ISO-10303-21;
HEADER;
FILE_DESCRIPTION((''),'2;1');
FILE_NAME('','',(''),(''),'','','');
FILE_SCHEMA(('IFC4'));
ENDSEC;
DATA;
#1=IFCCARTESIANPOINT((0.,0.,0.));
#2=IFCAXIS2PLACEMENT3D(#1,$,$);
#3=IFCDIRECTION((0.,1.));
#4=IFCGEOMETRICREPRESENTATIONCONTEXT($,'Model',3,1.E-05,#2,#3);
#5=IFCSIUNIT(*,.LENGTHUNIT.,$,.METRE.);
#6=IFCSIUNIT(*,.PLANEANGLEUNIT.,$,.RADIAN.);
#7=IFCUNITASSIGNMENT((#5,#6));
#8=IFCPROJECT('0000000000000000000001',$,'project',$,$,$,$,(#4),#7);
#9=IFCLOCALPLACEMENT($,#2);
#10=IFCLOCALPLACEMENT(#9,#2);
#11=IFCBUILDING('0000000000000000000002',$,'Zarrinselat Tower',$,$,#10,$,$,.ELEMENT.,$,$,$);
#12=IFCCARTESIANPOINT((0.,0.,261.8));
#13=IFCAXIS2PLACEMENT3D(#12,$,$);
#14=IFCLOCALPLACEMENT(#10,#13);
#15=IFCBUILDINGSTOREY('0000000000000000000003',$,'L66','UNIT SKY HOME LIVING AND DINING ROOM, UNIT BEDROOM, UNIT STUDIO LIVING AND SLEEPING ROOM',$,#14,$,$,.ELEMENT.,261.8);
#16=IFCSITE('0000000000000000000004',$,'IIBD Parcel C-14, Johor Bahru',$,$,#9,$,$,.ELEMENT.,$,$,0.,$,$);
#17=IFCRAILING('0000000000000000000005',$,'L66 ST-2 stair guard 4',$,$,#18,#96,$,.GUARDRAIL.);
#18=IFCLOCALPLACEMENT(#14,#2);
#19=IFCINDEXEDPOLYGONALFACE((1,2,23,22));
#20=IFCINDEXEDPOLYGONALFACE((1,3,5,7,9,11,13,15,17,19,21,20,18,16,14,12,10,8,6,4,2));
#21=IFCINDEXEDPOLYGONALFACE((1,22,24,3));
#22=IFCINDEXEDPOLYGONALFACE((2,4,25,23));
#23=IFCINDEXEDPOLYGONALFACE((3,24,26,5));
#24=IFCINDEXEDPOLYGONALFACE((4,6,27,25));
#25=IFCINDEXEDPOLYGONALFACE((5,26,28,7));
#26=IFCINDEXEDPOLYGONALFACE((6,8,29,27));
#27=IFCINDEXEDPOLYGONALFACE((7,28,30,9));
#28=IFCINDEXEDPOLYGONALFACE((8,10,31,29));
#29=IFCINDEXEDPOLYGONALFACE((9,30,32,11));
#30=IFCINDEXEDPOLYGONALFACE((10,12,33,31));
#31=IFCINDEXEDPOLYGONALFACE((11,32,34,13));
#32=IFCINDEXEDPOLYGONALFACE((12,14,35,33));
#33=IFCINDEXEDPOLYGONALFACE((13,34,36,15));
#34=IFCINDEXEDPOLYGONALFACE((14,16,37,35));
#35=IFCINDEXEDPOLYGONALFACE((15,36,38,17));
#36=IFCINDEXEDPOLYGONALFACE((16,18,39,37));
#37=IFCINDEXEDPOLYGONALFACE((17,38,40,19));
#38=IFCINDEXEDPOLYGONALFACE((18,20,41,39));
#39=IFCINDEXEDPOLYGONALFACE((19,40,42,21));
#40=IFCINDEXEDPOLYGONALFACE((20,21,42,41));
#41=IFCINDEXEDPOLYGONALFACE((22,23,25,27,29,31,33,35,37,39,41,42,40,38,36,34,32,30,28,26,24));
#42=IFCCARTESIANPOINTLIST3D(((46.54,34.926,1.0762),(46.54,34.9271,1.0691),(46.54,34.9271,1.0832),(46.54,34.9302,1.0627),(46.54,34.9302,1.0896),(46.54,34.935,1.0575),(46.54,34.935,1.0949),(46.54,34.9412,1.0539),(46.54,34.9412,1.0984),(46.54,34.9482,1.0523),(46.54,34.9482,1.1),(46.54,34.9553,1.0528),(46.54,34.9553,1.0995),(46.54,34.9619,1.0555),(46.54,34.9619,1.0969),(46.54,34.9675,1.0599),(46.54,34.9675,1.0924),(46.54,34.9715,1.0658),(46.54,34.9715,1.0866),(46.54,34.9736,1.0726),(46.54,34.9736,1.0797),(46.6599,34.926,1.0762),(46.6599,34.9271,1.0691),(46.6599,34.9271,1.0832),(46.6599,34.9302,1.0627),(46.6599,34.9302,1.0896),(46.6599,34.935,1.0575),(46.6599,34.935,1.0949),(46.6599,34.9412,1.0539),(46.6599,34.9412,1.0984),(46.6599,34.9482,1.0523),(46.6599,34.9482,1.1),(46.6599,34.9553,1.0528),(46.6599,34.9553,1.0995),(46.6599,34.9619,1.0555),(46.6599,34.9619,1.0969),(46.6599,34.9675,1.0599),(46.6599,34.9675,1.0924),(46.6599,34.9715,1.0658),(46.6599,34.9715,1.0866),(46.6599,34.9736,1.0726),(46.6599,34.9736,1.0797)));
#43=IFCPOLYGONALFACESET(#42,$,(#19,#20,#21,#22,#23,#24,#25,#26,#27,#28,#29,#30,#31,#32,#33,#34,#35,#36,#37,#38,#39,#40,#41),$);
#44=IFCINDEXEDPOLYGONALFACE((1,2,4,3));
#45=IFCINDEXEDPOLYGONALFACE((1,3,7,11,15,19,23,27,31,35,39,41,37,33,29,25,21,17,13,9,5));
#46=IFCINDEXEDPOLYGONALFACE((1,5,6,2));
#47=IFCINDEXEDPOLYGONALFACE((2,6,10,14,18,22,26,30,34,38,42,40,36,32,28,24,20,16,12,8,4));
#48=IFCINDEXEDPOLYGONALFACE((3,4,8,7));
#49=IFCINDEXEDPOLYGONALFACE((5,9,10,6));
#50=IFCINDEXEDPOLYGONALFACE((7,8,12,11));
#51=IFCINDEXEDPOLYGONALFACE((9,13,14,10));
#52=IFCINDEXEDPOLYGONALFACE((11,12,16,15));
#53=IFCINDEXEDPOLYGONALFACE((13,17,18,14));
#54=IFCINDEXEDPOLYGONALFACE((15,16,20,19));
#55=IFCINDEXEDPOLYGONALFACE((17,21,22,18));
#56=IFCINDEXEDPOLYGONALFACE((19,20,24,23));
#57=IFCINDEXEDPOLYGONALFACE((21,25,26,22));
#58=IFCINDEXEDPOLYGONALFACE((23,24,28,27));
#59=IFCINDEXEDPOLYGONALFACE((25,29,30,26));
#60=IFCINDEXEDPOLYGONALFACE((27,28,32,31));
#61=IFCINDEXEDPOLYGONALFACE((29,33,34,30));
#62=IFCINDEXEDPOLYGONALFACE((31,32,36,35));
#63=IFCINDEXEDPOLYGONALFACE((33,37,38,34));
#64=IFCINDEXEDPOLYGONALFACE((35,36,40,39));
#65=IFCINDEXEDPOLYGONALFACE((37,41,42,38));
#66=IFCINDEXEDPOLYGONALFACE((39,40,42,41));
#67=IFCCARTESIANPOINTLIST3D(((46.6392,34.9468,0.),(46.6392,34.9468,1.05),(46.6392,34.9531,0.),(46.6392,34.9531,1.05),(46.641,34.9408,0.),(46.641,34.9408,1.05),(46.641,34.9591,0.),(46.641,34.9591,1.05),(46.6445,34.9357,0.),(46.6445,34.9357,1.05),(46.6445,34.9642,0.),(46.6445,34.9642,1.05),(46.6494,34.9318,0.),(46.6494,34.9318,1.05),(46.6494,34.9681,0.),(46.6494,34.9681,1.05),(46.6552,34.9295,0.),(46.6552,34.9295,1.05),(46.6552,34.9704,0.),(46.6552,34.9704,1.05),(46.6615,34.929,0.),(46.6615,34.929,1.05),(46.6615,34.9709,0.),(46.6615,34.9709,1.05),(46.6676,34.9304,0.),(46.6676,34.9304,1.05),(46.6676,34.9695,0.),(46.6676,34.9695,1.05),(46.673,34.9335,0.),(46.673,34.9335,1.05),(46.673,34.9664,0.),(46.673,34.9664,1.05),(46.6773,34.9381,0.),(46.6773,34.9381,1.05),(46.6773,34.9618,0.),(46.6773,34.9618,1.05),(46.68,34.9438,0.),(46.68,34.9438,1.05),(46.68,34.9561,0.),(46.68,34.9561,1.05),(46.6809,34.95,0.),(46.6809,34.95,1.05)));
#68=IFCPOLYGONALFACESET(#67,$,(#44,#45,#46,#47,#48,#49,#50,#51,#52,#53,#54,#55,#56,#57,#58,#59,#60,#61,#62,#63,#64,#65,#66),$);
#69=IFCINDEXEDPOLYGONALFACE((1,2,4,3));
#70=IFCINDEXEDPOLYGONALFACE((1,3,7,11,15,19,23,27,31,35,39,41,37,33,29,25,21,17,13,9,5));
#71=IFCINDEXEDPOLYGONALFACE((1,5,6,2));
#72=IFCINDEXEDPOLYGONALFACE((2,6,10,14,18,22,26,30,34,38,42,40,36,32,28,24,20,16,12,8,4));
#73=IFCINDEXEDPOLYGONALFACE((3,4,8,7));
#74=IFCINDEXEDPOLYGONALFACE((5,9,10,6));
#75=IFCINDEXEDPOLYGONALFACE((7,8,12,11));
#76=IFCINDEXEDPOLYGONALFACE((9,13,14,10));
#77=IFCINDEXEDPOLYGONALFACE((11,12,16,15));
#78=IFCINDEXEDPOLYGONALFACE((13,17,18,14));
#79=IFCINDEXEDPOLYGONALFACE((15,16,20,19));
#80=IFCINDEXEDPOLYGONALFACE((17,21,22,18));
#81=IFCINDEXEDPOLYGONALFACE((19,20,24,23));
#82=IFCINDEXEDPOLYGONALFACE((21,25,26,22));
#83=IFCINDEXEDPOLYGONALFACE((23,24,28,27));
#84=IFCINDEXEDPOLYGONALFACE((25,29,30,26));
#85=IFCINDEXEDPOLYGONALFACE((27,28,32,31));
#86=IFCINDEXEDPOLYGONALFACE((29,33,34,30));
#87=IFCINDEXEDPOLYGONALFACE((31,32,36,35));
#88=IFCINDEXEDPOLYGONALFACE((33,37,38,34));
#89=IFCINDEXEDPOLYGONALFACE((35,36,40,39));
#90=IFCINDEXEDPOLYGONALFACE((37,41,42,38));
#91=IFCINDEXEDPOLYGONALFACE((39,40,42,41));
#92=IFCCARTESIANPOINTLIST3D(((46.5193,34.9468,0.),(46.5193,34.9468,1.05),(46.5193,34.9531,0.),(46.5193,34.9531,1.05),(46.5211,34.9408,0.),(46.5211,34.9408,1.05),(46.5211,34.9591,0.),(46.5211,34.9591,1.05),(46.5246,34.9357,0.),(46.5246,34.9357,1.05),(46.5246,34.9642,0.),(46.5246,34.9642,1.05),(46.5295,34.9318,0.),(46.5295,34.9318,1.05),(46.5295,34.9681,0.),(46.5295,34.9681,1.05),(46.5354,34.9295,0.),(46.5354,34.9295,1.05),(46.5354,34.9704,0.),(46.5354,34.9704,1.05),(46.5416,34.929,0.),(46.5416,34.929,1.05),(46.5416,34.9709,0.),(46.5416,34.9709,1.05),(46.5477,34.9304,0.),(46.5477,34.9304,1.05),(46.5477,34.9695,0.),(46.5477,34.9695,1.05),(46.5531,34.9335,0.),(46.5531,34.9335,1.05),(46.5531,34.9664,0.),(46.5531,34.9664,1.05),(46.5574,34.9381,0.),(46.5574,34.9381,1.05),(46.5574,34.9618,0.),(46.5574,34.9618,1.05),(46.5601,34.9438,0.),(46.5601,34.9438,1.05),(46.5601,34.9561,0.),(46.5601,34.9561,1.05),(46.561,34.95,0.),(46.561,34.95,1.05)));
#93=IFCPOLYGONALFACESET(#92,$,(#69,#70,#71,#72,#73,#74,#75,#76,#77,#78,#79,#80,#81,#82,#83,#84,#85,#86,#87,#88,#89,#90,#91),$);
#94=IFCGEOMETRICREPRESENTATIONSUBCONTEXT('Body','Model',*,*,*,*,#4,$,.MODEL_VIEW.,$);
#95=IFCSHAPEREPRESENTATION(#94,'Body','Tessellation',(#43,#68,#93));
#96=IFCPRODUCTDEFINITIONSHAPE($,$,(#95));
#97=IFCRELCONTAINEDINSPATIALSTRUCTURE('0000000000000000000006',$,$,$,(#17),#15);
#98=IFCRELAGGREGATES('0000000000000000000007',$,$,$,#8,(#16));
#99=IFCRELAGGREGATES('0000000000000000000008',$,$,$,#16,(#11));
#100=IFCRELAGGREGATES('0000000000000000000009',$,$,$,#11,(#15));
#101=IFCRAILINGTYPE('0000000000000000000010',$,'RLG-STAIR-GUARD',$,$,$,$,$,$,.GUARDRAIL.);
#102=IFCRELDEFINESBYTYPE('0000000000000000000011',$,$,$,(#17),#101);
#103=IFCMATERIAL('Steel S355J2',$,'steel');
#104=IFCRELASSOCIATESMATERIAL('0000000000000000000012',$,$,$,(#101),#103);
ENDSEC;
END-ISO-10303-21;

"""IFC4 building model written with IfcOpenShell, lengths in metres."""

from ifc_helpers import new_model, si_unit, direction, frame, origin, origin_2d, place, context, subcontext, project, spatial, circle, extrude, material, type_object, element, save


model = new_model("IFC4")

# Units and contexts
model_context = context("Model", 3, precision=1e-05, world=origin(), true_north=direction((0.0, 1.0)))
body_context = subcontext(model_context, "Body", "Model", "MODEL_VIEW")
ifc_project = project(units=[si_unit("LENGTHUNIT", "METRE"), si_unit("PLANEANGLEUNIT", "RADIAN")], contexts=[model_context])

# Site, building, storey
site_placement = place(None, origin())
site = spatial("IfcSite", under=ifc_project, at=site_placement, Name="IIBD Parcel C-14, Johor Bahru", CompositionType="ELEMENT", RefElevation=0.0)
building_placement = place(site_placement, origin())
building = spatial("IfcBuilding", under=site, at=building_placement, Name="Zarrinselat Tower", CompositionType="ELEMENT")
storey_placement = place(building_placement, frame((0.0, 0.0, 261.8)))
storey = spatial("IfcBuildingStorey", under=building, at=storey_placement, Name="L66", Description="UNIT SKY HOME LIVING AND DINING ROOM, UNIT BEDROOM, UNIT STUDIO LIVING AND SLEEPING ROOM", CompositionType="ELEMENT", Elevation=261.8)

# Railing
ifc_material_1 = material(Name="Steel S355J2", Category="steel")
railing_type_1 = type_object("IfcRailingType", Name="RLG-STAIR-GUARD", PredefinedType="GUARDRAIL", material=ifc_material_1)
railing_1_placement = place(storey_placement, frame((46.6599, 34.95, 0.0)))
element("IfcRailing", 1, at=railing_1_placement, inside=storey, type_object=railing_type_1, Name="L66 ST-2 stair guard 4", PredefinedType="GUARDRAIL", context=body_context, shape_type="SweptSolid", body=[
    extrude(circle(Radius=0.0239, at=origin_2d()), frame((0.0, 0.0, 1.0762), z_axis=(-1.0, 0.0, 0.0), x_axis=(0.0, -1.0, 0.0)), (0.0, 0.0, 1.0), 0.1199),
    extrude(circle(Radius=0.021, at=origin_2d()), origin(), (0.0, 0.0, 1.0), 1.05),
    extrude(circle(Radius=0.021, at=origin_2d()), frame((-0.1199, 0.0, 0.0)), (0.0, 0.0, 1.0), 1.05),
])

save(model, "model.ifc")
